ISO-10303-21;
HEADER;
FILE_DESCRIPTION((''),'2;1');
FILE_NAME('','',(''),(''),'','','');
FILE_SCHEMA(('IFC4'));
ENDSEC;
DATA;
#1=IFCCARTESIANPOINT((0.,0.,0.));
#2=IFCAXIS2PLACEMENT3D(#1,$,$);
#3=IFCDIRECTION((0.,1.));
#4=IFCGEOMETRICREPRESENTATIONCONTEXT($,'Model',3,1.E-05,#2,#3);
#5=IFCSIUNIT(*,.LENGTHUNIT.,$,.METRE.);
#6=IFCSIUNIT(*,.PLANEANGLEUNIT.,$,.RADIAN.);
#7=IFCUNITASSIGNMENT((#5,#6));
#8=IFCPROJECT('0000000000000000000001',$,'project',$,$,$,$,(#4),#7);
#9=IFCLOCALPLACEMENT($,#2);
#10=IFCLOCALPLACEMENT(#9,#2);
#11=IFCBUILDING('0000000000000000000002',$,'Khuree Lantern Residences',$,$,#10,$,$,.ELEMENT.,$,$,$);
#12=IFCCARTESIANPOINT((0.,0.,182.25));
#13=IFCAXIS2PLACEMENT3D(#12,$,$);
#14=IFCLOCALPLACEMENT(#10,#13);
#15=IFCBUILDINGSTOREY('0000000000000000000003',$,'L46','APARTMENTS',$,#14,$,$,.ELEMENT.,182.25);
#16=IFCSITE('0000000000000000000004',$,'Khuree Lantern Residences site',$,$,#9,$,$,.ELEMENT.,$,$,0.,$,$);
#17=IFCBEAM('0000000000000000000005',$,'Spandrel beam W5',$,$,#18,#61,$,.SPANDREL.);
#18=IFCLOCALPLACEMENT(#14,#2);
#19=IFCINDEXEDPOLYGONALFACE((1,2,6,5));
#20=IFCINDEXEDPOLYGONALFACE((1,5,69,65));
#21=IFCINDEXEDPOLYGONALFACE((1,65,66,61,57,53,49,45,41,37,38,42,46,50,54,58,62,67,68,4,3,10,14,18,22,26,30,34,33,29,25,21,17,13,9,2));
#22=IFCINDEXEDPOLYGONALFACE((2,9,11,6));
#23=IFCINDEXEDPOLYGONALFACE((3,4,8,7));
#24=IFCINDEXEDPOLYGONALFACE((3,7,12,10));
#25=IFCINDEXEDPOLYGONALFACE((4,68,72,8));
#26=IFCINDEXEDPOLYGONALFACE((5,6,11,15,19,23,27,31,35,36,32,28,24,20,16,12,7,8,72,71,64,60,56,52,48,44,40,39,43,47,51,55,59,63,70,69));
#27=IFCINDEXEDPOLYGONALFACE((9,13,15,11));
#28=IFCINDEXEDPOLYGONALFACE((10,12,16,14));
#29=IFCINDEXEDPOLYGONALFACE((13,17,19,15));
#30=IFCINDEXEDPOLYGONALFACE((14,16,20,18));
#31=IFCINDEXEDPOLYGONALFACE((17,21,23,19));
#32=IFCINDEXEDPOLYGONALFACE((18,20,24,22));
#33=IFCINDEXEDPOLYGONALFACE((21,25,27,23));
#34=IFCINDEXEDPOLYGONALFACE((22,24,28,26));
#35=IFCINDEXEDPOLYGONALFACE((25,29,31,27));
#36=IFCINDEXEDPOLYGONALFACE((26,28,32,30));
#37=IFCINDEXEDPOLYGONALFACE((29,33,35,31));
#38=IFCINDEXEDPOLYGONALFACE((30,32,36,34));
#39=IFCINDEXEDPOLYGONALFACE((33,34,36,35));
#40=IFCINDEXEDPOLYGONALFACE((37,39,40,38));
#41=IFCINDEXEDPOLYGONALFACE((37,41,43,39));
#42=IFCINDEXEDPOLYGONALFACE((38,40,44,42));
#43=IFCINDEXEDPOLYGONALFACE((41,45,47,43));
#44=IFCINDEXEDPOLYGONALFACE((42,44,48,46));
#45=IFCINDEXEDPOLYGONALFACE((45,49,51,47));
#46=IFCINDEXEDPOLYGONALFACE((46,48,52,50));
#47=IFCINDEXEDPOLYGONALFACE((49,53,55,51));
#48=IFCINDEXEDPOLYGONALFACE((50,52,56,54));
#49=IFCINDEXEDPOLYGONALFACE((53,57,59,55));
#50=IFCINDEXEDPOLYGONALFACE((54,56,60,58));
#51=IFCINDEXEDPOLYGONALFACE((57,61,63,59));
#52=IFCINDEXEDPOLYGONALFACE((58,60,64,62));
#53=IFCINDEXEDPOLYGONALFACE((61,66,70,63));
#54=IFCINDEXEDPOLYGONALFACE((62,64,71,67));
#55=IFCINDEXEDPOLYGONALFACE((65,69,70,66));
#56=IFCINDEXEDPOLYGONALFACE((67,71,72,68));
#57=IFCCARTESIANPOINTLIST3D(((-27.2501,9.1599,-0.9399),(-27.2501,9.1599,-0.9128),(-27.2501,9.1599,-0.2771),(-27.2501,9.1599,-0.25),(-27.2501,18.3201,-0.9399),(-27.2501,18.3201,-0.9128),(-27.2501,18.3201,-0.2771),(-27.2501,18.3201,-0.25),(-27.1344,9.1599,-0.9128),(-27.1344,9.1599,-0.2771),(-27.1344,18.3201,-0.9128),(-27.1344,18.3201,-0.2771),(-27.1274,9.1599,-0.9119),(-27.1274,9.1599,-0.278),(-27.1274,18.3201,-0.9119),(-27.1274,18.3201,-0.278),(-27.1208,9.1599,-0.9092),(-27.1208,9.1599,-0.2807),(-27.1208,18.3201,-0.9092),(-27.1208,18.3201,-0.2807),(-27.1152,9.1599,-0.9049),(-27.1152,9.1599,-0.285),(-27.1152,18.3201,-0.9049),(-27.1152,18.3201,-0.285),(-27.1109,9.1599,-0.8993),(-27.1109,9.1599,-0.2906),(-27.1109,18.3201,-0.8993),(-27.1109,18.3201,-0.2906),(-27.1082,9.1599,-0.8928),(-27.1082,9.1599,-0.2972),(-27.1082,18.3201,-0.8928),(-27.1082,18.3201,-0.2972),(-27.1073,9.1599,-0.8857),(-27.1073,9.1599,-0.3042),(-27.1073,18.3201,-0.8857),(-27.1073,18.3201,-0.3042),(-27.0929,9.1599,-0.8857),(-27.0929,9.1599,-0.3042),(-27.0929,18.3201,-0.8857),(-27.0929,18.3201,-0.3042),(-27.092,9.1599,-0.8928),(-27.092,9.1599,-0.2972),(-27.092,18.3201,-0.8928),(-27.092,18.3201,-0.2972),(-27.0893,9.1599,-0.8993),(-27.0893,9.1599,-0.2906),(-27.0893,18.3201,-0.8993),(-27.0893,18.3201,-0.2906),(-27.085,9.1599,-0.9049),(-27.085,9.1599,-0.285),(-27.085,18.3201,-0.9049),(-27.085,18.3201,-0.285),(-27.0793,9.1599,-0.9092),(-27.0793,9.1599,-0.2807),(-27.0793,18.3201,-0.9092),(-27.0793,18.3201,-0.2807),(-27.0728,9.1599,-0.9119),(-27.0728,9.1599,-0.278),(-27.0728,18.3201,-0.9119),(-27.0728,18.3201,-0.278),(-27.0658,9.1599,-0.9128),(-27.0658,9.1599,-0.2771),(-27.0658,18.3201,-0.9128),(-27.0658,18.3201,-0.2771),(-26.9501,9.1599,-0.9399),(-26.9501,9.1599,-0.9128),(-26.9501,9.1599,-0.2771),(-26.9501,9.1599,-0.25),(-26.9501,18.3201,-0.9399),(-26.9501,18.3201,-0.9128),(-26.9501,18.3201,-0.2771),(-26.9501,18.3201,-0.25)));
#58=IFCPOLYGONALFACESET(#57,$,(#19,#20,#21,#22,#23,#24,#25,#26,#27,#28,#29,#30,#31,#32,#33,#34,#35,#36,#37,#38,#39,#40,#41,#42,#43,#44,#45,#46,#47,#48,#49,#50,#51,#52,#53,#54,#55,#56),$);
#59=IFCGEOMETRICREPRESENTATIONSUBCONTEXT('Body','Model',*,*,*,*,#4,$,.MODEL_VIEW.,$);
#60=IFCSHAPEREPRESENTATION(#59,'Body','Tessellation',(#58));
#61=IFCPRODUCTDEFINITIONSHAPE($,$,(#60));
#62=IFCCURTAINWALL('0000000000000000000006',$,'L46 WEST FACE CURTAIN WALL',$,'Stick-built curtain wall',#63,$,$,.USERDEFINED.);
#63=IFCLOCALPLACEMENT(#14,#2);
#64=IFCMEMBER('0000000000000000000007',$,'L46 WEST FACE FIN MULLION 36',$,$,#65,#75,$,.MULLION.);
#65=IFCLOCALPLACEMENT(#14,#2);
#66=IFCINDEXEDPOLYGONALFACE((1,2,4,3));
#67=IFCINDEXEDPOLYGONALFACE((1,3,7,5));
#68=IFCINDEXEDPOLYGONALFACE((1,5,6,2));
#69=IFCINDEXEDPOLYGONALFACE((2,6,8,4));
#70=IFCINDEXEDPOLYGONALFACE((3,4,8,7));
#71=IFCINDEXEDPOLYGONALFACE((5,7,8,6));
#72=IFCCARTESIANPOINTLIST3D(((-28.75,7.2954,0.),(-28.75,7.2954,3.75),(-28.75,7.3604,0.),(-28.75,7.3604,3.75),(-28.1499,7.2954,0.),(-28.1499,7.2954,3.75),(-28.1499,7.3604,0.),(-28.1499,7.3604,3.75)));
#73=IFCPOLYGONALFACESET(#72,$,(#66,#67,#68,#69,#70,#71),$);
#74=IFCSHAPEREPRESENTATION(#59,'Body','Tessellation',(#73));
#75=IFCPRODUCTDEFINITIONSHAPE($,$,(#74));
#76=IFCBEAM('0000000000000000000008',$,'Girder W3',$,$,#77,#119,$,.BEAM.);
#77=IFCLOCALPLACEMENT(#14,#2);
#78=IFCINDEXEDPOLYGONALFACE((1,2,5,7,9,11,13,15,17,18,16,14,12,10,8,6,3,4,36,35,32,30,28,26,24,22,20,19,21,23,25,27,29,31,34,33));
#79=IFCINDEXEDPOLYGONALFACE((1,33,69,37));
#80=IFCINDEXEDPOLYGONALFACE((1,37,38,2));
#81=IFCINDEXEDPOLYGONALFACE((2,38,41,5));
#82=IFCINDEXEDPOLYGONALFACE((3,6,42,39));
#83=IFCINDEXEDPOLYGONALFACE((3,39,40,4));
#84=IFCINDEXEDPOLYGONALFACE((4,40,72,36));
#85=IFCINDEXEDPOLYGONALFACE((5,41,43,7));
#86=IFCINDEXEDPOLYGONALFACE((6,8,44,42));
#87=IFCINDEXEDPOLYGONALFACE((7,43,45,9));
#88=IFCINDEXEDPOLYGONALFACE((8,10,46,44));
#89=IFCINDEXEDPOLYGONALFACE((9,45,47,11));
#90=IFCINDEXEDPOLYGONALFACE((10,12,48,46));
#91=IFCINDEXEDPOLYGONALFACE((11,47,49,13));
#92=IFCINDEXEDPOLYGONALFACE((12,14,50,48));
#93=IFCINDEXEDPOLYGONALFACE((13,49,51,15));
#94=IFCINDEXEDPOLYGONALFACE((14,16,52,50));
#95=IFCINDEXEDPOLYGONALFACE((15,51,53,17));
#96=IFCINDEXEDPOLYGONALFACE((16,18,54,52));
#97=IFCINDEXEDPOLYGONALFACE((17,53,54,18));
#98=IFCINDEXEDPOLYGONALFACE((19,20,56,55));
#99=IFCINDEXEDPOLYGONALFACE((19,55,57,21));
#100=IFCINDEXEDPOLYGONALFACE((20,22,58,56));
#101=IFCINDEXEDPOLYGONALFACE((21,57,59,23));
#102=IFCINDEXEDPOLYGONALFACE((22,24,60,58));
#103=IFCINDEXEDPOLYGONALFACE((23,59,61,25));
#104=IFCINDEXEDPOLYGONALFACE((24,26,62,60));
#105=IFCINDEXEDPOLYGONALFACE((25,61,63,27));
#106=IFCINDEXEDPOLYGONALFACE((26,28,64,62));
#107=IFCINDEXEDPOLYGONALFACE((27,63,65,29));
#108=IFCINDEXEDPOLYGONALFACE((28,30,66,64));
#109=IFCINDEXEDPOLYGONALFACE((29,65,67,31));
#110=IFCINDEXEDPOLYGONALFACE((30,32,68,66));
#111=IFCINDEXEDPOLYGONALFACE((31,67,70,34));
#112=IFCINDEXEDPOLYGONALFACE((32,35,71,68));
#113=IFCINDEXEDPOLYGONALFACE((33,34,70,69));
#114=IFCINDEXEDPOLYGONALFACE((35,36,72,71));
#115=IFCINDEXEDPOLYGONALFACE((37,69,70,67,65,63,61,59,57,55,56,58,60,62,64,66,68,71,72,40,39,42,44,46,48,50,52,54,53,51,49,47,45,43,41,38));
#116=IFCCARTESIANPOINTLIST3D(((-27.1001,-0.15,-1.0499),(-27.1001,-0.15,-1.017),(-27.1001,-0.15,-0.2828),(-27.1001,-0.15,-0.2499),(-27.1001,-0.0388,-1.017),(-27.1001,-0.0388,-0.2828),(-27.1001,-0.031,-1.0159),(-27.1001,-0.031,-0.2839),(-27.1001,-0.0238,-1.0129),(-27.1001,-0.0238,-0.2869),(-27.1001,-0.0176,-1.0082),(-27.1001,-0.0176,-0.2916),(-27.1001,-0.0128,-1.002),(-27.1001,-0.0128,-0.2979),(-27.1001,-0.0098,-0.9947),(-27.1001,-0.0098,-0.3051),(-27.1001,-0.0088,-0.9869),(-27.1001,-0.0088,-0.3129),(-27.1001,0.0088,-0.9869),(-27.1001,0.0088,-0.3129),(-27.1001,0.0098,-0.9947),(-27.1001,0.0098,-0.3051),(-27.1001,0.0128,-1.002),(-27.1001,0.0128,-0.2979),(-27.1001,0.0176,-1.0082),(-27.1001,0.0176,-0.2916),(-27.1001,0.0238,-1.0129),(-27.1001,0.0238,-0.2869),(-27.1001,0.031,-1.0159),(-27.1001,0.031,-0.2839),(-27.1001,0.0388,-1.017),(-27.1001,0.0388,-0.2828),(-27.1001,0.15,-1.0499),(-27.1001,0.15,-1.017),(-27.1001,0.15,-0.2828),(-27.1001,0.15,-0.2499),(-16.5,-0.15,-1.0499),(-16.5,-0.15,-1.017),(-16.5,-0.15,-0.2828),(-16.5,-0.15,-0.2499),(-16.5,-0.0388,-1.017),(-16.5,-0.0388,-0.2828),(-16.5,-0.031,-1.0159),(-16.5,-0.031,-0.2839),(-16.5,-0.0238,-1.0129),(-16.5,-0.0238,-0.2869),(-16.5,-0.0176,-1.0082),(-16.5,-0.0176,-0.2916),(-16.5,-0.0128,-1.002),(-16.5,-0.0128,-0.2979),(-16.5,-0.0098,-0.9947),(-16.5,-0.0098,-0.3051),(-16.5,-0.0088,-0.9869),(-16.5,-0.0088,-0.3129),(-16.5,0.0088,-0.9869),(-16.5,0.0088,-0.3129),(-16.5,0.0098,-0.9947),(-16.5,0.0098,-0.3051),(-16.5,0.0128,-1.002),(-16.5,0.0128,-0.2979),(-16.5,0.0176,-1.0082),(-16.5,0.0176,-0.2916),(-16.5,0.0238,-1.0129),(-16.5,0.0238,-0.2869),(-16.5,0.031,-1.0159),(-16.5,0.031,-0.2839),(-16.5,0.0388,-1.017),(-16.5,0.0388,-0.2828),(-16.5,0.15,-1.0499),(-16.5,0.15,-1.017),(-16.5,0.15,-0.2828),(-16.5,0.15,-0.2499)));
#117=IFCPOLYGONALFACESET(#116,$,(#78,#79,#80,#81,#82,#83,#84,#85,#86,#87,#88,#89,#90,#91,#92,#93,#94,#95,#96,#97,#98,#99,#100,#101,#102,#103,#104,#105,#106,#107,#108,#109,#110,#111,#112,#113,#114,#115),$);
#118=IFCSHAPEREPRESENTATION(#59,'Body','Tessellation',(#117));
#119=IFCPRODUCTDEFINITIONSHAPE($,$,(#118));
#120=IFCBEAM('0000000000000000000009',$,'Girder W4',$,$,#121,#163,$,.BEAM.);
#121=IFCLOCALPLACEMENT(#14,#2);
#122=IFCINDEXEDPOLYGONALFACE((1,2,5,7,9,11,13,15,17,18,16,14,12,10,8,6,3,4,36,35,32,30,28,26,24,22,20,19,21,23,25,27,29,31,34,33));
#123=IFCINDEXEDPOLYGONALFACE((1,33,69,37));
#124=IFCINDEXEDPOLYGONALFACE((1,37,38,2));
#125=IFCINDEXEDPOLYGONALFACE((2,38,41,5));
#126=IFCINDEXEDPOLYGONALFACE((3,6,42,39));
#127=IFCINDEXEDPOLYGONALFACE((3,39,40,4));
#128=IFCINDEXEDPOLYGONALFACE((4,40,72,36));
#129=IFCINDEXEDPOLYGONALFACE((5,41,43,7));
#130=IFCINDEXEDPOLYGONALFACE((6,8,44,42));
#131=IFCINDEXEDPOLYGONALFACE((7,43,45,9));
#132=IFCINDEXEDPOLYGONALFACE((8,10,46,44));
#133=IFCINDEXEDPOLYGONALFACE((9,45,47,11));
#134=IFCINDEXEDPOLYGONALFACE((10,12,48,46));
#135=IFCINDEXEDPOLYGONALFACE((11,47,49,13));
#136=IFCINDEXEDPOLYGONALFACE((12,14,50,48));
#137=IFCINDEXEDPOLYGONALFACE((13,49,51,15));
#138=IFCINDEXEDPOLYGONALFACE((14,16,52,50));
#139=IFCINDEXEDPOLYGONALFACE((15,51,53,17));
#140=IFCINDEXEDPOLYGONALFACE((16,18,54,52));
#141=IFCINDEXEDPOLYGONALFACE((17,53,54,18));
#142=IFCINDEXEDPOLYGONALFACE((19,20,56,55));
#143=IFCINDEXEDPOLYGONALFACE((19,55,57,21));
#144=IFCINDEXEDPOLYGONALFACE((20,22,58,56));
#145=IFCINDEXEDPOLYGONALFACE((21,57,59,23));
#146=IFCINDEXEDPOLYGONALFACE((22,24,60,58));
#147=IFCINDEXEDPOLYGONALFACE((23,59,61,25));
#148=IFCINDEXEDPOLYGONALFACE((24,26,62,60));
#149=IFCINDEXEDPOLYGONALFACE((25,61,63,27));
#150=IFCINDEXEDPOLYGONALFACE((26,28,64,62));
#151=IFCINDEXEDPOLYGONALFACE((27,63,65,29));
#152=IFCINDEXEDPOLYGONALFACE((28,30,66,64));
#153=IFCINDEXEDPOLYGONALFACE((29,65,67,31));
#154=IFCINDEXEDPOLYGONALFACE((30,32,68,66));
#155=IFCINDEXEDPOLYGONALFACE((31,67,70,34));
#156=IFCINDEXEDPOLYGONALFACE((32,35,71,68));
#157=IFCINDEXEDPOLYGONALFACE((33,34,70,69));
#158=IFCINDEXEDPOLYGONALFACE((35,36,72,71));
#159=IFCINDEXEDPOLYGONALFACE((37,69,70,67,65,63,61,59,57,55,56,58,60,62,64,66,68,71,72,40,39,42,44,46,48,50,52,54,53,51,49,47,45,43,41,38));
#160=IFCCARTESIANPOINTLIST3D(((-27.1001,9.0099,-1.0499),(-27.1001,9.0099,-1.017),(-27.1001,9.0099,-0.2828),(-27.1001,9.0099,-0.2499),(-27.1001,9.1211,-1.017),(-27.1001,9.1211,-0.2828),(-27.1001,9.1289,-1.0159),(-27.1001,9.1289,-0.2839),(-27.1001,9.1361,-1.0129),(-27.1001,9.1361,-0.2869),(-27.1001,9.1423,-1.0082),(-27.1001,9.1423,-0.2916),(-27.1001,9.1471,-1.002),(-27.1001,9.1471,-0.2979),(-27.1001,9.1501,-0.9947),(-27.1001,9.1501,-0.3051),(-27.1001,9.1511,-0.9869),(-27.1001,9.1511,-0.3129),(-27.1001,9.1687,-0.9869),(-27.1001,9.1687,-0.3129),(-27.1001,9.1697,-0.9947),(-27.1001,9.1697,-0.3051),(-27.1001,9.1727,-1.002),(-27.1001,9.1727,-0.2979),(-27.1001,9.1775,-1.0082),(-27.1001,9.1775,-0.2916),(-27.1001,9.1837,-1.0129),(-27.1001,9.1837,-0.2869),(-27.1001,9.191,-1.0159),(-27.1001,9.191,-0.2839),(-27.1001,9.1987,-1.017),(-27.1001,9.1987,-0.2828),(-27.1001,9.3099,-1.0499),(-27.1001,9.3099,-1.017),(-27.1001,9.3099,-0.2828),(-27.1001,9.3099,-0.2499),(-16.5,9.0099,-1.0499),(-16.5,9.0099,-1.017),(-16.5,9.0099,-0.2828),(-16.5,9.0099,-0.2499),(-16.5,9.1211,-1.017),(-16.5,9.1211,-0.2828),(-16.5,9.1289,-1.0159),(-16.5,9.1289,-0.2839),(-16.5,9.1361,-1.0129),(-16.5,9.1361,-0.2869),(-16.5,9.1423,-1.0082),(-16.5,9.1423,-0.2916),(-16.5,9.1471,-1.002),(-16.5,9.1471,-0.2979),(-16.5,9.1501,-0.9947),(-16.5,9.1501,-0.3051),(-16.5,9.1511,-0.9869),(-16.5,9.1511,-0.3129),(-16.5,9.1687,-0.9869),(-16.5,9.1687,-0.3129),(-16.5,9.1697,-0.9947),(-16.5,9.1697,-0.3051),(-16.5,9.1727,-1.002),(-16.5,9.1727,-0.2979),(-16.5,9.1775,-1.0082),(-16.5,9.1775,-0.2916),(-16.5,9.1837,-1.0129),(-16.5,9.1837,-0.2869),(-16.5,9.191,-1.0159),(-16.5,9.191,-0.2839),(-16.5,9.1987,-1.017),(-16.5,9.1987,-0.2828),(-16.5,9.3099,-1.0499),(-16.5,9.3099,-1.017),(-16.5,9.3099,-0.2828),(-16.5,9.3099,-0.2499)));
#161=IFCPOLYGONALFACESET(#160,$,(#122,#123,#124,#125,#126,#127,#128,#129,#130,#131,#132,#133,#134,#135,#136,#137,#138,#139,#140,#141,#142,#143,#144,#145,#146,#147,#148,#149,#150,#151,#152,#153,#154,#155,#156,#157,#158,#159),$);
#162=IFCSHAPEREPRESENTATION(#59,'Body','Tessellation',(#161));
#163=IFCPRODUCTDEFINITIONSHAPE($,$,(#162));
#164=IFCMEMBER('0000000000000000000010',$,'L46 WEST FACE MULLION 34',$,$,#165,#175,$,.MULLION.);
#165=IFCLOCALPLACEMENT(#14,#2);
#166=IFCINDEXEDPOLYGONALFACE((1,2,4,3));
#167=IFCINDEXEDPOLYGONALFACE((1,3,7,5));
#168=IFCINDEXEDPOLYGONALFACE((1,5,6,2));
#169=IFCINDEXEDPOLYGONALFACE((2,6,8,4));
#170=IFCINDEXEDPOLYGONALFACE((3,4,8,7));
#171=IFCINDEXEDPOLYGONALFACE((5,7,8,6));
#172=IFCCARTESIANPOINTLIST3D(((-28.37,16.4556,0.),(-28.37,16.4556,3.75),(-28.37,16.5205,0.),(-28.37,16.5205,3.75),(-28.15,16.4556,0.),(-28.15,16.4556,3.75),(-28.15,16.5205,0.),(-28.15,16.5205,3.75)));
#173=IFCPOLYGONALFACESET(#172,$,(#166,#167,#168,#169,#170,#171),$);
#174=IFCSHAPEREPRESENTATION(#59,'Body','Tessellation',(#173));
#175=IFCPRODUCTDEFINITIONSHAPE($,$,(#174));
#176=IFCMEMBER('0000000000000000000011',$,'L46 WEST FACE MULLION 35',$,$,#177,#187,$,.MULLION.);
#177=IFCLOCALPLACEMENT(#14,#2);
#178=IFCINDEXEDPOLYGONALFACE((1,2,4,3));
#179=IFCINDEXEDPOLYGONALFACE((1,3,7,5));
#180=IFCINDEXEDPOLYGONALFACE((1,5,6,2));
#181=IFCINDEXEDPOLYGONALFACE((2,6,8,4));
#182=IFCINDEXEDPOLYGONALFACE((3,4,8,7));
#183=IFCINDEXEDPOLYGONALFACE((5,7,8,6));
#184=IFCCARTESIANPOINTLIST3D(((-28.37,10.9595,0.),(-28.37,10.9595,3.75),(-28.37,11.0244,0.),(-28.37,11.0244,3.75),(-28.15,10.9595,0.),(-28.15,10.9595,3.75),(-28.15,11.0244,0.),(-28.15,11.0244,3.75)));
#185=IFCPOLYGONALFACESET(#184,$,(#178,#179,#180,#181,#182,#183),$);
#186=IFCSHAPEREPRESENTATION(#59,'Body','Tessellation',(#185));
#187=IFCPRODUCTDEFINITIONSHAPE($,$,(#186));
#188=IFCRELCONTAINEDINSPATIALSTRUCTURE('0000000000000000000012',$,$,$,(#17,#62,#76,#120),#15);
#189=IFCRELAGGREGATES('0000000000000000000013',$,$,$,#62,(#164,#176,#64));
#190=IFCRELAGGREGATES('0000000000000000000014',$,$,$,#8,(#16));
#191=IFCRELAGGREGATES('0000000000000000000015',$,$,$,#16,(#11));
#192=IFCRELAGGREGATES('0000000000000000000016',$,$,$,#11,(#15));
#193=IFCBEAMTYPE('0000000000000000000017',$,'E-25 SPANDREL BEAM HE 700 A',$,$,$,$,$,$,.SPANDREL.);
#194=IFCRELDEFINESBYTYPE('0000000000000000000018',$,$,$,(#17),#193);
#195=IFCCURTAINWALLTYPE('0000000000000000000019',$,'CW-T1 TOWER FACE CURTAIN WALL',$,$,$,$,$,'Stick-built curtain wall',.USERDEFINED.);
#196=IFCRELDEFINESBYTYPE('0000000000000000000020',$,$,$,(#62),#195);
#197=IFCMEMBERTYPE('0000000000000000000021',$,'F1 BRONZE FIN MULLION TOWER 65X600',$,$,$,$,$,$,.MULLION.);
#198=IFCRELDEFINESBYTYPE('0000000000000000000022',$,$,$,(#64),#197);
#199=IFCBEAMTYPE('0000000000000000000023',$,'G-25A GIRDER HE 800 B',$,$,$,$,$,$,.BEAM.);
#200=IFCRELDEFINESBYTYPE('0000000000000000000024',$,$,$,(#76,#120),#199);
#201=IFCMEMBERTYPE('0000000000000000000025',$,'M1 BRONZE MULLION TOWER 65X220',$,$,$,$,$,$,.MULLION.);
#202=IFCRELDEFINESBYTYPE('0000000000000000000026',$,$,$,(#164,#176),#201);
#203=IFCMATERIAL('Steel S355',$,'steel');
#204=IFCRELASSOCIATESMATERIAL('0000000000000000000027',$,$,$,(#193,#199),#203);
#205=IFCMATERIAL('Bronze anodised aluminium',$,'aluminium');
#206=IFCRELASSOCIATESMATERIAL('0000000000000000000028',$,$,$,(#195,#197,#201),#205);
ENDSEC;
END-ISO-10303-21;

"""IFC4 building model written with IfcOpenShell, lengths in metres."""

from ifc_helpers import new_model, si_unit, direction, frame, origin, origin_2d, place, context, subcontext, project, spatial, rectangle, i_section, extrude, material, material_profile, profile_set, type_object, element, aggregate, save


model = new_model("IFC4")

# Units and contexts
model_context = context("Model", 3, precision=1e-05, world=origin(), true_north=direction((0.0, 1.0)))
body_context = subcontext(model_context, "Body", "Model", "MODEL_VIEW")
ifc_project = project(units=[si_unit("LENGTHUNIT", "METRE"), si_unit("PLANEANGLEUNIT", "RADIAN")], contexts=[model_context])

# Site, building, storey
site_placement = place(None, origin())
site = spatial("IfcSite", under=ifc_project, at=site_placement, Name="Khuree Lantern Residences site", CompositionType="ELEMENT", RefElevation=0.0)
building_placement = place(site_placement, origin())
building = spatial("IfcBuilding", under=site, at=building_placement, Name="Khuree Lantern Residences", CompositionType="ELEMENT")
storey_placement = place(building_placement, frame((0.0, 0.0, 182.25)))
storey = spatial("IfcBuildingStorey", under=building, at=storey_placement, Name="L46", Description="APARTMENTS", CompositionType="ELEMENT", Elevation=182.25)

# Beam
ifc_material_1 = material(Name="Steel S355", Category="steel")
ifc_material_profile_1 = material_profile(ifc_material_1, i_section(OverallWidth=0.3, OverallDepth=0.6899, WebThickness=0.0144, FlangeThickness=0.0271, FilletRadius=0.0271, at=origin_2d()), Name="HE 700 A")
ifc_profile_set_1 = profile_set([ifc_material_profile_1], Name="Steel S355")
beam_type_1 = type_object("IfcBeamType", Name="E-25 SPANDREL BEAM HE 700 A", PredefinedType="SPANDREL", material=ifc_profile_set_1)
beam_1_placement = place(storey_placement, frame((-27.1001, 9.1599, -0.595), z_axis=(0.0, 1.0, 0.0), x_axis=(-1.0, 0.0, 0.0)))
element("IfcBeam", 1, at=beam_1_placement, inside=storey, type_object=beam_type_1, Name="Spandrel beam W5", PredefinedType="SPANDREL", context=body_context, shape_type="SweptSolid", body=[
    extrude(i_section(OverallWidth=0.3, OverallDepth=0.6899, WebThickness=0.0144, FlangeThickness=0.0271, FilletRadius=0.0271, at=origin_2d()), origin(), (0.0, 0.0, 1.0), 9.1602),
])

# Curtain wall, member
ifc_material_2 = material(Name="Bronze anodised aluminium", Category="aluminium")
curtain_wall_type = type_object("IfcCurtainWallType", Name="CW-T1 TOWER FACE CURTAIN WALL", ElementType="Stick-built curtain wall", PredefinedType="USERDEFINED", material=ifc_material_2)
curtain_wall_placement = place(storey_placement, origin())
curtain_wall = element("IfcCurtainWall", 2, at=curtain_wall_placement, inside=storey, type_object=curtain_wall_type, Name="L46 WEST FACE CURTAIN WALL", ObjectType="Stick-built curtain wall", PredefinedType="USERDEFINED")
ifc_material_profile_2 = material_profile(ifc_material_2, rectangle(XDim=0.0649, YDim=0.6001, at=origin_2d()), Name="F1 65X600")
ifc_profile_set_2 = profile_set([ifc_material_profile_2], Name="Bronze anodised aluminium")
member_type_1 = type_object("IfcMemberType", Name="F1 BRONZE FIN MULLION TOWER 65X600", PredefinedType="MULLION", material=ifc_profile_set_2)
member_1_placement = place(storey_placement, frame((-28.45, 7.3279, 0.0), z_axis=(0.0, 0.0, 1.0), x_axis=(0.0, -1.0, 0.0)))
member_1 = element("IfcMember", 3, at=member_1_placement, type_object=member_type_1, Name="L46 WEST FACE FIN MULLION 36", PredefinedType="MULLION", context=body_context, shape_type="SweptSolid", body=[
    extrude(rectangle(XDim=0.0649, YDim=0.6001, at=origin_2d()), origin(), (0.0, 0.0, 1.0), 3.75),
])

# Beams
ifc_material_profile_3 = material_profile(ifc_material_1, i_section(OverallWidth=0.3, OverallDepth=0.8, WebThickness=0.0176, FlangeThickness=0.033, FilletRadius=0.03, at=origin_2d()), Name="HE 800 B")
ifc_profile_set_3 = profile_set([ifc_material_profile_3], Name="Steel S355")
beam_type_2 = type_object("IfcBeamType", Name="G-25A GIRDER HE 800 B", PredefinedType="BEAM", material=ifc_profile_set_3)
for number, where, z_axis, x_axis, name in (
    (4, (-27.1001, 0.0, -0.6499), (1.0, 0.0, 0.0), (0.0, 1.0, 0.0), "Girder W3"),
    (5, (-27.1001, 9.1599, -0.6499), (1.0, 0.0, 0.0), (0.0, 1.0, 0.0), "Girder W4"),
):
    element("IfcBeam", number, at=place(storey_placement, frame(where, z_axis=z_axis, x_axis=x_axis)), inside=storey, type_object=beam_type_2, Name=name, PredefinedType="BEAM", context=body_context, shape_type="SweptSolid", body=[
        extrude(i_section(OverallWidth=0.3, OverallDepth=0.8, WebThickness=0.0176, FlangeThickness=0.033, FilletRadius=0.03, at=origin_2d()), origin(), (0.0, 0.0, 1.0), 10.6001),
    ])

# Members
ifc_material_profile_4 = material_profile(ifc_material_2, rectangle(XDim=0.0649, YDim=0.22, at=origin_2d()), Name="M1 65X220")
ifc_profile_set_4 = profile_set([ifc_material_profile_4], Name="Bronze anodised aluminium")
member_type_2 = type_object("IfcMemberType", Name="M1 BRONZE MULLION TOWER 65X220", PredefinedType="MULLION", material=ifc_profile_set_4)
member_2_placement = place(storey_placement, frame((-28.26, 16.488, 0.0), z_axis=(0.0, 0.0, 1.0), x_axis=(0.0, -1.0, 0.0)))
member_2 = element("IfcMember", 6, at=member_2_placement, type_object=member_type_2, Name="L46 WEST FACE MULLION 34", PredefinedType="MULLION", context=body_context, shape_type="SweptSolid", body=[
    extrude(rectangle(XDim=0.0649, YDim=0.22, at=origin_2d()), origin(), (0.0, 0.0, 1.0), 3.75),
])
member_3_placement = place(storey_placement, frame((-28.26, 10.9919, 0.0), z_axis=(0.0, 0.0, 1.0), x_axis=(0.0, -1.0, 0.0)))
member_3 = element("IfcMember", 7, at=member_3_placement, type_object=member_type_2, Name="L46 WEST FACE MULLION 35", PredefinedType="MULLION", context=body_context, shape_type="SweptSolid", body=[
    extrude(rectangle(XDim=0.0649, YDim=0.22, at=origin_2d()), origin(), (0.0, 0.0, 1.0), 3.75),
])

aggregate(curtain_wall, [member_2, member_3, member_1])

save(model, "model.ifc")
